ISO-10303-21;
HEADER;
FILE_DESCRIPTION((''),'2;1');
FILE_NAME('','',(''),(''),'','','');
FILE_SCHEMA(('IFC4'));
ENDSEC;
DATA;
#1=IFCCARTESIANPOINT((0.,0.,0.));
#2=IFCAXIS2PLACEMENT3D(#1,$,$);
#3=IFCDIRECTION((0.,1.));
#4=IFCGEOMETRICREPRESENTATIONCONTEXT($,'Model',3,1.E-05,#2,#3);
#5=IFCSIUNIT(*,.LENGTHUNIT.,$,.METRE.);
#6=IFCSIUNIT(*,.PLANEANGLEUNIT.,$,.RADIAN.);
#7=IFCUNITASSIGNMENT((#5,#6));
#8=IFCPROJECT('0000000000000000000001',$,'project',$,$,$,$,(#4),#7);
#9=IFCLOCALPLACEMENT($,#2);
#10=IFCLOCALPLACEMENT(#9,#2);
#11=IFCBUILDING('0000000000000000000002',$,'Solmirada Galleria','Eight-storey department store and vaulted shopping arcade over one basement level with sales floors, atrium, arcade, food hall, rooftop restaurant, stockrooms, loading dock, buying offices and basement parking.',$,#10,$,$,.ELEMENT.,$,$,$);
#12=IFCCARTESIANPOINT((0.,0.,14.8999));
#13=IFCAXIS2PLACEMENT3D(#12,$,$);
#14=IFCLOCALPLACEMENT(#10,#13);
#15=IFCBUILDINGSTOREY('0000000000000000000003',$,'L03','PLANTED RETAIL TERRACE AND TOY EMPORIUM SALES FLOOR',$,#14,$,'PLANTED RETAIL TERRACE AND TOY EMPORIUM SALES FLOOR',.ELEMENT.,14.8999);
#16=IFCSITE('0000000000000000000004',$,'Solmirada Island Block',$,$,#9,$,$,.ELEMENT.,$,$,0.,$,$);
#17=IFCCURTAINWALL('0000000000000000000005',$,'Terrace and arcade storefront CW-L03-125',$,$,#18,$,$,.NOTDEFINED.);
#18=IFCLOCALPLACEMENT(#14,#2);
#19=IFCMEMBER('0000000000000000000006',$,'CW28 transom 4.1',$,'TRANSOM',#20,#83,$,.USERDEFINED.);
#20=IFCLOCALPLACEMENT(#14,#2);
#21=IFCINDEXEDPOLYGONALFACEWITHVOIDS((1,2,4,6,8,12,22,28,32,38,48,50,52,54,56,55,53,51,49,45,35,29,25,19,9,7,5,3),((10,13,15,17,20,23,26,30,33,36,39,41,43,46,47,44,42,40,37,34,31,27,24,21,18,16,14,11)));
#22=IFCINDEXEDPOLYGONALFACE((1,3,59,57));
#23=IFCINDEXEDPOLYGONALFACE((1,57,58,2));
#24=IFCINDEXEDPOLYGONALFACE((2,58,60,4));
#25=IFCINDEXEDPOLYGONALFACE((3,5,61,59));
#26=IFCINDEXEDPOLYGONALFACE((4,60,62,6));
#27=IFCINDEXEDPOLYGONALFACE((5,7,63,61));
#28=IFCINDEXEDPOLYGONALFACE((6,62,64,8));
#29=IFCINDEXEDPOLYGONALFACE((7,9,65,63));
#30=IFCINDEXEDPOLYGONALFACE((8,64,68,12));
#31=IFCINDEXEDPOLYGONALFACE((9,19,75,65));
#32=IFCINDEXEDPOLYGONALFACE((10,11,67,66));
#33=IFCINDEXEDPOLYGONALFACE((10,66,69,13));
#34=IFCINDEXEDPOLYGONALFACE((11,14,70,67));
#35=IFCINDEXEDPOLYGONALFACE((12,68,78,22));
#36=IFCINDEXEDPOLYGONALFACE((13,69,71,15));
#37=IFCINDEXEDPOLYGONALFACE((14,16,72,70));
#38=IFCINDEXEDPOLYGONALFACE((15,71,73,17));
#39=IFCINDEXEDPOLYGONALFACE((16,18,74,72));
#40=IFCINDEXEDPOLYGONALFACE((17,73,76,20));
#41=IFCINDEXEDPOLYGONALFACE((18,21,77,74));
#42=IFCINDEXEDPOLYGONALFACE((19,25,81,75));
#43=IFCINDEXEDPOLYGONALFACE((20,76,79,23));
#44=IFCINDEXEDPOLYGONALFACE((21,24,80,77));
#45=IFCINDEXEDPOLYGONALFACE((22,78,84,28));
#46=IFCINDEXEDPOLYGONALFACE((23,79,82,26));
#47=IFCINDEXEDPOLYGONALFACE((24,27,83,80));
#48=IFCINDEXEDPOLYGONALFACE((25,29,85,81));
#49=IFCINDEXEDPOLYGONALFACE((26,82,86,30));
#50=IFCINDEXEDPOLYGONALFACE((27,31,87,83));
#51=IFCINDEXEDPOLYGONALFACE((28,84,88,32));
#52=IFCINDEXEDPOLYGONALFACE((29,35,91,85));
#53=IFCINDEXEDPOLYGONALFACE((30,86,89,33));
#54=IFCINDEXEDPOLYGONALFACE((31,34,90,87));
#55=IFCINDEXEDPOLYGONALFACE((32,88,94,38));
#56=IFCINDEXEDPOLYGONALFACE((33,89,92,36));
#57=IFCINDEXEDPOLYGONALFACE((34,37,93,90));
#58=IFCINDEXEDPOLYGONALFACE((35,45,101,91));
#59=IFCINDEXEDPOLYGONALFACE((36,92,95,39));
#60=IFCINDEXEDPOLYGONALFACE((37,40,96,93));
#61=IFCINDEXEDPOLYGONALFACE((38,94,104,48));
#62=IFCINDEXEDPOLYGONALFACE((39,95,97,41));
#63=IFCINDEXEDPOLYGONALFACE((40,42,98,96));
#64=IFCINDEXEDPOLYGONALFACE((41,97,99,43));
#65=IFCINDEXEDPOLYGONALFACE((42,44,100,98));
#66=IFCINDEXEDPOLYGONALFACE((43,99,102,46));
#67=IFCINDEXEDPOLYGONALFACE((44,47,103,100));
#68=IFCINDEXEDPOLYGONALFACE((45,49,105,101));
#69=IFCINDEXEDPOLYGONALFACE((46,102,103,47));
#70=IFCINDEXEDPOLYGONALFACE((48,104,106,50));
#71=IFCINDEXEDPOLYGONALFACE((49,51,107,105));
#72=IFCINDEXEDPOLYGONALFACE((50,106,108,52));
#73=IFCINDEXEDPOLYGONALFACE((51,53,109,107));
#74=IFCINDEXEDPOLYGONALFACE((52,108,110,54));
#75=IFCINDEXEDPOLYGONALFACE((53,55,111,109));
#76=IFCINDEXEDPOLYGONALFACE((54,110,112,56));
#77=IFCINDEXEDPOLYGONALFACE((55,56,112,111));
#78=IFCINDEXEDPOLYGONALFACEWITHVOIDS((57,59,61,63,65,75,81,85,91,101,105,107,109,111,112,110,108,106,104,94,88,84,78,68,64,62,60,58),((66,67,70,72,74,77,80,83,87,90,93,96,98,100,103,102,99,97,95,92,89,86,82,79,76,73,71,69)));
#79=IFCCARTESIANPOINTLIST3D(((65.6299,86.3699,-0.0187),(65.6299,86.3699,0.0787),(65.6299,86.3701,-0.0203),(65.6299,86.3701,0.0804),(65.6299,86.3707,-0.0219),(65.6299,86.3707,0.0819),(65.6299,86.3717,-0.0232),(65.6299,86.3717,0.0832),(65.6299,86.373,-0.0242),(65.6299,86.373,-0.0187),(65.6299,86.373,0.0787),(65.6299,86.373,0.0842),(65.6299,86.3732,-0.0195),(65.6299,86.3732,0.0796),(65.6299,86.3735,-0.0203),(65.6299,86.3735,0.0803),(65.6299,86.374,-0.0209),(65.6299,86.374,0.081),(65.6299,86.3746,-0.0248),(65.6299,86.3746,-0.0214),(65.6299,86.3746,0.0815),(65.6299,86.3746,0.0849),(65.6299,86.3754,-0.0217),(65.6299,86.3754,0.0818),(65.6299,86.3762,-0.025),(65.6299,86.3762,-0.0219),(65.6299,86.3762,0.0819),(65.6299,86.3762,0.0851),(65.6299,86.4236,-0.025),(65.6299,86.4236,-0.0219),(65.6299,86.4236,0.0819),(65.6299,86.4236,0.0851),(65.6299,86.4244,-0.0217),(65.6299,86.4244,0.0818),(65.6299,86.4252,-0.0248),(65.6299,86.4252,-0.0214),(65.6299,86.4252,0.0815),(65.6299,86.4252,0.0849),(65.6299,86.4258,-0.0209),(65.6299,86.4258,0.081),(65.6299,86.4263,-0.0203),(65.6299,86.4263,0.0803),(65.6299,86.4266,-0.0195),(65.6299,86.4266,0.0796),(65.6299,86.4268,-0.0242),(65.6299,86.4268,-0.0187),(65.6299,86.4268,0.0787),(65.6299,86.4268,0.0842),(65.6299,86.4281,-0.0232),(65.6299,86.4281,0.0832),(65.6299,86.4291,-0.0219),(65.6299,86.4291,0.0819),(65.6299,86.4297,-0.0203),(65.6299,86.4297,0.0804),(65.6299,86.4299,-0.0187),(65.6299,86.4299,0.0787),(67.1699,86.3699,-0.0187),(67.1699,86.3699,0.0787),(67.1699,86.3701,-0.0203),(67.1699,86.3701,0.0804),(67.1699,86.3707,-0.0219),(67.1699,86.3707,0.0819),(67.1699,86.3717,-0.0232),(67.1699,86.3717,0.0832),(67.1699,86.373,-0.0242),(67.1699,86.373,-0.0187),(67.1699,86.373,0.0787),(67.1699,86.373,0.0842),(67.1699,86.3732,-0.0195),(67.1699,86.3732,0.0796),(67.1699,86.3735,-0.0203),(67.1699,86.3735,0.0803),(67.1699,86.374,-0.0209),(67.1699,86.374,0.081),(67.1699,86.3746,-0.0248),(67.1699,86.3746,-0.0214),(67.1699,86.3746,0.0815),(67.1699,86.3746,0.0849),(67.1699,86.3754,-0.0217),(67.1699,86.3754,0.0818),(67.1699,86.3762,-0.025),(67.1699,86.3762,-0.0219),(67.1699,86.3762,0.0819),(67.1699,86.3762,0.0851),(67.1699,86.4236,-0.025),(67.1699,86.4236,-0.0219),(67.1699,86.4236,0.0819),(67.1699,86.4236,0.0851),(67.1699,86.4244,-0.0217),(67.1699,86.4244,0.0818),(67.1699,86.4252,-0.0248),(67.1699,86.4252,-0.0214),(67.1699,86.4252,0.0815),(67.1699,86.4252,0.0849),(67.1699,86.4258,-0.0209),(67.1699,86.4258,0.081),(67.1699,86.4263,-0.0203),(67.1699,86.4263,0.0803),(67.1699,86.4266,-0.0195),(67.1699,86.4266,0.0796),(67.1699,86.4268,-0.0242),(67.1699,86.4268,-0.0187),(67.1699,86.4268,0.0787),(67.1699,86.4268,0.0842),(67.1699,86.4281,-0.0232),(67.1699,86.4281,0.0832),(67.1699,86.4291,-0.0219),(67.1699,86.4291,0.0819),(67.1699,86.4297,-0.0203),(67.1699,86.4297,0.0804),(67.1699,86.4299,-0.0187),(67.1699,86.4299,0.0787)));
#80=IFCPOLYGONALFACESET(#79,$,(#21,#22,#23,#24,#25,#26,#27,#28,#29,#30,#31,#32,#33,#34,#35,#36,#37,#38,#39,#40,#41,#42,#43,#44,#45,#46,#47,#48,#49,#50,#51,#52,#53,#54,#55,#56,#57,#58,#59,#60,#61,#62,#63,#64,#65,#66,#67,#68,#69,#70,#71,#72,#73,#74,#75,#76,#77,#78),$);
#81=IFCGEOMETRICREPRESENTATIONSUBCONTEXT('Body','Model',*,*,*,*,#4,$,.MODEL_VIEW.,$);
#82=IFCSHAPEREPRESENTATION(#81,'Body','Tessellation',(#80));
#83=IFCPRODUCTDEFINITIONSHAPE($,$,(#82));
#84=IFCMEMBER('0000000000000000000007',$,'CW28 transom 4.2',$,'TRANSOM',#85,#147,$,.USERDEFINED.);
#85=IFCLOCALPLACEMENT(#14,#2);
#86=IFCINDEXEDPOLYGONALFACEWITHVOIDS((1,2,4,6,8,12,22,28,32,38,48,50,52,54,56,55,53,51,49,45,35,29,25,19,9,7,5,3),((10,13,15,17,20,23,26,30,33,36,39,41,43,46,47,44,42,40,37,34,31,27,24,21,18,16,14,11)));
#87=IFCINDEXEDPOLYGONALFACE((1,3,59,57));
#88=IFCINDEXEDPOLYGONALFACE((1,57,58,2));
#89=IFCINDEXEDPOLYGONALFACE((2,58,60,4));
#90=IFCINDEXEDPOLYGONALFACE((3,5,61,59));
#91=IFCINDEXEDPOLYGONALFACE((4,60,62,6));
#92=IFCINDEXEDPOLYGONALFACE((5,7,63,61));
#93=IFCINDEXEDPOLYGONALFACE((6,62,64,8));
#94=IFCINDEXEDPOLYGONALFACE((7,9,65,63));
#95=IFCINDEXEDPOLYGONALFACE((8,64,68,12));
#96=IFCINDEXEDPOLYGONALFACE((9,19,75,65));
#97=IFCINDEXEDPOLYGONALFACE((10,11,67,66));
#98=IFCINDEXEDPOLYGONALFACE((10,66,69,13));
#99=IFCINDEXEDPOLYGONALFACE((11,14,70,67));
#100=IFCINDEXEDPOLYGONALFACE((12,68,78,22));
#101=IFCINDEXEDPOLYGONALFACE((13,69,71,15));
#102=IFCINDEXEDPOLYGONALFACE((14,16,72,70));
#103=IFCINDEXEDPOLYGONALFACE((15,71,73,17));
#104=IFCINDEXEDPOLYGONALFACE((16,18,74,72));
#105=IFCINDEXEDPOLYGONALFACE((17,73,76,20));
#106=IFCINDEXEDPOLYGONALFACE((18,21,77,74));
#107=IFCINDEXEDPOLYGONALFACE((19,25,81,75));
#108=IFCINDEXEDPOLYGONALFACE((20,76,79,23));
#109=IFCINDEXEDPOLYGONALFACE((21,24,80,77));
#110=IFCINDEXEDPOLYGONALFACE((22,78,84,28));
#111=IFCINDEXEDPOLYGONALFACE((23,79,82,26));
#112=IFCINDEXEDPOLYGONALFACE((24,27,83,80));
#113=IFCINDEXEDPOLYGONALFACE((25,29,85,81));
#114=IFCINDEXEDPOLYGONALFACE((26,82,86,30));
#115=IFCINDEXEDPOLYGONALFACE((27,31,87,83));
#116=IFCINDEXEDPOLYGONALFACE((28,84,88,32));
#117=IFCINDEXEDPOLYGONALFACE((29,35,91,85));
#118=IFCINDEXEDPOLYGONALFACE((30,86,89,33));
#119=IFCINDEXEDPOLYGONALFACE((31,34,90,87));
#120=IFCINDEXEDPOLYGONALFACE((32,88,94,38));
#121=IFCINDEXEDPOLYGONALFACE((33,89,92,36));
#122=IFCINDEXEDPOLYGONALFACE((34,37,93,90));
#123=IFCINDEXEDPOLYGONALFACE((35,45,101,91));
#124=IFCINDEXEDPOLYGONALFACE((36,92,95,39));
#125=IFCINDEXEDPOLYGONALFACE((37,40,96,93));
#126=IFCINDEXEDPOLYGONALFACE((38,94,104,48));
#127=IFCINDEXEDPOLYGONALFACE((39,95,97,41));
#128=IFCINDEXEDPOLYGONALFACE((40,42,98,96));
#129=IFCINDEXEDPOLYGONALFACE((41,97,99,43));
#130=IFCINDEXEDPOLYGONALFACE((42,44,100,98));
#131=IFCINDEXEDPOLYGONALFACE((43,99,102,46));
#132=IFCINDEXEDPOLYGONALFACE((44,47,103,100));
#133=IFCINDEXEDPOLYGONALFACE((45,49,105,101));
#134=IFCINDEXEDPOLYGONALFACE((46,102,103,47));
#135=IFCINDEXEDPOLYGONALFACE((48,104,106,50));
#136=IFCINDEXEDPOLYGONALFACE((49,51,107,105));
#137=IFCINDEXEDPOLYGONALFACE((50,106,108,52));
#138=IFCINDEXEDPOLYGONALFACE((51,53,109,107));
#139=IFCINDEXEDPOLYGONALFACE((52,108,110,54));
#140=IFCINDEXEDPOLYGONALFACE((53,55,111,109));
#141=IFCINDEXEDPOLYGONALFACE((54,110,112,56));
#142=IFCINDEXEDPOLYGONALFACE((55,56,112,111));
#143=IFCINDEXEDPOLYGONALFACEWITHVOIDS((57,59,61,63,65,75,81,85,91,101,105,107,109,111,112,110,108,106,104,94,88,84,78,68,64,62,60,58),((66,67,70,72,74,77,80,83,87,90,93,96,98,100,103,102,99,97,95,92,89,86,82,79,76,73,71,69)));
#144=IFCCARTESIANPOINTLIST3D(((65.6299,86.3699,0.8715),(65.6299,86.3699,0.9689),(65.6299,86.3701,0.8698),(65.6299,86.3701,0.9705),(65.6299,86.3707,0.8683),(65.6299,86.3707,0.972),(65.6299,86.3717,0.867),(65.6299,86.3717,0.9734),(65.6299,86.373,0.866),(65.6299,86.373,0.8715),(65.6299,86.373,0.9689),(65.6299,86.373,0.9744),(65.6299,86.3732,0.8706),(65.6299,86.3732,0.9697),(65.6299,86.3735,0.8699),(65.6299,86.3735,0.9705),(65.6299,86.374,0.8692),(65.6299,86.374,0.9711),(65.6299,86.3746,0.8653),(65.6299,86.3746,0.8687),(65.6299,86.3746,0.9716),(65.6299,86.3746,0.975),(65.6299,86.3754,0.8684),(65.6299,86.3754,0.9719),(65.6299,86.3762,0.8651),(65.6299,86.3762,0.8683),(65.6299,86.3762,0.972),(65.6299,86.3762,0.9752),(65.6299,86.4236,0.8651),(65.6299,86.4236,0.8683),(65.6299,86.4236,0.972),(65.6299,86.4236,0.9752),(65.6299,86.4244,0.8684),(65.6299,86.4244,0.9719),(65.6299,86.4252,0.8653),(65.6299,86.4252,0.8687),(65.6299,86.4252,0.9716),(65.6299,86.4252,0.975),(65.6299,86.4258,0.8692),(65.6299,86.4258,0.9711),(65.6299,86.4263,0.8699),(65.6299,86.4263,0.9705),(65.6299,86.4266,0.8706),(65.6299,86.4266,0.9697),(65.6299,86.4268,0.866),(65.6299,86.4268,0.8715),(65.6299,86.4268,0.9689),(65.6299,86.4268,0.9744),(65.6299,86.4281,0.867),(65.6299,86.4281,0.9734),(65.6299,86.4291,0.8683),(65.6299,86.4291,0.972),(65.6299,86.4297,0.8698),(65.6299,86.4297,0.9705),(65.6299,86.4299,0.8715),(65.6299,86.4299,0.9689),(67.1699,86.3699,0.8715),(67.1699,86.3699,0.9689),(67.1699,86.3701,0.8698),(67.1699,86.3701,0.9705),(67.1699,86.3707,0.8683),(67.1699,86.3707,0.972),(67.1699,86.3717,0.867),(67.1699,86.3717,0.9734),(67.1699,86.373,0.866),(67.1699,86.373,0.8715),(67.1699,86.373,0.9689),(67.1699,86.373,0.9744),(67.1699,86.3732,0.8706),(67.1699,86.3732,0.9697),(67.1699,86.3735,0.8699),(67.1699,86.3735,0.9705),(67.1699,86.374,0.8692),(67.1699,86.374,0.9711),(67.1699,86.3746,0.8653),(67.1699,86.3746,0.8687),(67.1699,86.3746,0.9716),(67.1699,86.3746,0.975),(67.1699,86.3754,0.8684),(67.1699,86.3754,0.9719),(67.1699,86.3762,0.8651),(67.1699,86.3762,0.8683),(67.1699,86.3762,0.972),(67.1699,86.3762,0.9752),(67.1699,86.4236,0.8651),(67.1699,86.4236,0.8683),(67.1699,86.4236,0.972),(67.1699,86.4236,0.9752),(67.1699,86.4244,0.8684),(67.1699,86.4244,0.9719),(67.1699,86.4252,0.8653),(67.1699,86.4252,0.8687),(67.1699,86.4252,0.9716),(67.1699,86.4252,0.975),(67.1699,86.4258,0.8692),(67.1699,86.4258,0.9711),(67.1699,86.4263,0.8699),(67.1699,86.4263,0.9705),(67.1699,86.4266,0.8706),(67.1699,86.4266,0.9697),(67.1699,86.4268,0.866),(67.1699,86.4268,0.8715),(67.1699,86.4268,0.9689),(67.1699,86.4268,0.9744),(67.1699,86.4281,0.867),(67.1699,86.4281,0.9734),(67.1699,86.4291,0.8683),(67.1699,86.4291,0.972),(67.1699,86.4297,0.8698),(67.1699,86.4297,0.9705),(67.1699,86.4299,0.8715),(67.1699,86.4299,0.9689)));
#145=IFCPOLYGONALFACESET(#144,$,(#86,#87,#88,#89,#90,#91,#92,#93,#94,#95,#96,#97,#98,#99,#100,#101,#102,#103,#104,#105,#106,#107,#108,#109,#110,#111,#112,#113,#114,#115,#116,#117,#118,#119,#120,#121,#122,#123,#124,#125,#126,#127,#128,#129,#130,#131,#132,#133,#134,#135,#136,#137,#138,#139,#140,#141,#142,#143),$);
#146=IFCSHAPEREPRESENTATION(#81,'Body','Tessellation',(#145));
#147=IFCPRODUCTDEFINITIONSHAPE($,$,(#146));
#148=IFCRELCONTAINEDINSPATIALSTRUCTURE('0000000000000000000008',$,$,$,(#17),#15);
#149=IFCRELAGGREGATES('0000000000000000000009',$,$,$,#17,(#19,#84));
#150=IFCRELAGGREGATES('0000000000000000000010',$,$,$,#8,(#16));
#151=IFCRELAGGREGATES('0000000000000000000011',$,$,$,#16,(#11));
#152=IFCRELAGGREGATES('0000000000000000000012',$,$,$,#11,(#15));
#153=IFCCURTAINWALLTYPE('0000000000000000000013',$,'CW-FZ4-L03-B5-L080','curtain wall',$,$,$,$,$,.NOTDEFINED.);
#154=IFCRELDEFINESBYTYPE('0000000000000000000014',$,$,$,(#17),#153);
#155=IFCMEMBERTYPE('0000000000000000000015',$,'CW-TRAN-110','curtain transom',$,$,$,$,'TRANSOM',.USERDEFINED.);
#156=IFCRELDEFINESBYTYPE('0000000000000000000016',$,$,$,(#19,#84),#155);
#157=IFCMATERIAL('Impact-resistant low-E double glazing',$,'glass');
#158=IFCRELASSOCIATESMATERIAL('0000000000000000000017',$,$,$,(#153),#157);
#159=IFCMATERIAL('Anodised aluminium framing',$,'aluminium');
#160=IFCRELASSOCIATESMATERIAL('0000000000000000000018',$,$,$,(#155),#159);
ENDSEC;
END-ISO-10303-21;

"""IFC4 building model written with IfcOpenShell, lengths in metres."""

from ifc_helpers import new_model, si_unit, direction, frame, origin, origin_2d, place, context, subcontext, project, spatial, hollow_rectangle, extrude, material, material_profile, profile_set, type_object, element, aggregate, save


model = new_model("IFC4")

# Units and contexts
model_context = context("Model", 3, precision=1e-05, world=origin(), true_north=direction((0.0, 1.0)))
body_context = subcontext(model_context, "Body", "Model", "MODEL_VIEW")
ifc_project = project(units=[si_unit("LENGTHUNIT", "METRE"), si_unit("PLANEANGLEUNIT", "RADIAN")], contexts=[model_context])

# Site, building, storey
site_placement = place(None, origin())
site = spatial("IfcSite", under=ifc_project, at=site_placement, Name="Solmirada Island Block", CompositionType="ELEMENT", RefElevation=0.0)
building_placement = place(site_placement, origin())
building = spatial("IfcBuilding", under=site, at=building_placement, Name="Solmirada Galleria", Description="Eight-storey department store and vaulted shopping arcade over one basement level with sales floors, atrium, arcade, food hall, rooftop restaurant, stockrooms, loading dock, buying offices and basement parking.", CompositionType="ELEMENT")
storey_placement = place(building_placement, frame((0.0, 0.0, 14.8999)))
storey = spatial("IfcBuildingStorey", under=building, at=storey_placement, Name="L03", Description="PLANTED RETAIL TERRACE AND TOY EMPORIUM SALES FLOOR", LongName="PLANTED RETAIL TERRACE AND TOY EMPORIUM SALES FLOOR", CompositionType="ELEMENT", Elevation=14.8999)

# Curtain wall, members
ifc_material_1 = material(Name="Impact-resistant low-E double glazing", Category="glass")
curtain_wall_type = type_object("IfcCurtainWallType", Name="CW-FZ4-L03-B5-L080", Description="curtain wall", PredefinedType="NOTDEFINED", material=ifc_material_1)
curtain_wall_placement = place(storey_placement, origin())
curtain_wall = element("IfcCurtainWall", 1, at=curtain_wall_placement, inside=storey, type_object=curtain_wall_type, Name="Terrace and arcade storefront CW-L03-125", PredefinedType="NOTDEFINED")
ifc_material_2 = material(Name="Anodised aluminium framing", Category="aluminium")
ifc_material_profile_1 = material_profile(ifc_material_2, hollow_rectangle(XDim=0.0601, YDim=0.1101, WallThickness=0.0032, InnerFilletRadius=0.0032, OuterFilletRadius=0.0063, at=origin_2d()), Name="ALU-TRAN-110X60")
ifc_profile_set_1 = profile_set([ifc_material_profile_1], Name="Anodised aluminium framing")
member_type_1 = type_object("IfcMemberType", Name="CW-TRAN-110", Description="curtain transom", ElementType="TRANSOM", PredefinedType="USERDEFINED", material=ifc_profile_set_1)
member_1_placement = place(storey_placement, frame((67.1699, 86.3999, 0.03), z_axis=(-1.0, 0.0, 0.0), x_axis=(0.0, -1.0, 0.0)))
member_1 = element("IfcMember", 2, at=member_1_placement, type_object=member_type_1, Name="CW28 transom 4.1", ObjectType="TRANSOM", PredefinedType="USERDEFINED", context=body_context, shape_type="SweptSolid", body=[
    extrude(hollow_rectangle(XDim=0.0601, YDim=0.1101, WallThickness=0.0032, InnerFilletRadius=0.0032, OuterFilletRadius=0.0063, at=origin_2d()), origin(), (0.0, 0.0, 1.0), 1.54),
])
member_2_placement = place(storey_placement, frame((67.1699, 86.3999, 0.9202), z_axis=(-1.0, 0.0, 0.0), x_axis=(0.0, -1.0, 0.0)))
member_2 = element("IfcMember", 3, at=member_2_placement, type_object=member_type_1, Name="CW28 transom 4.2", ObjectType="TRANSOM", PredefinedType="USERDEFINED", context=body_context, shape_type="SweptSolid", body=[
    extrude(hollow_rectangle(XDim=0.0601, YDim=0.1101, WallThickness=0.0032, InnerFilletRadius=0.0032, OuterFilletRadius=0.0063, at=origin_2d()), origin(), (0.0, 0.0, 1.0), 1.54),
])
aggregate(curtain_wall, [member_1, member_2])

save(model, "model.ifc")
